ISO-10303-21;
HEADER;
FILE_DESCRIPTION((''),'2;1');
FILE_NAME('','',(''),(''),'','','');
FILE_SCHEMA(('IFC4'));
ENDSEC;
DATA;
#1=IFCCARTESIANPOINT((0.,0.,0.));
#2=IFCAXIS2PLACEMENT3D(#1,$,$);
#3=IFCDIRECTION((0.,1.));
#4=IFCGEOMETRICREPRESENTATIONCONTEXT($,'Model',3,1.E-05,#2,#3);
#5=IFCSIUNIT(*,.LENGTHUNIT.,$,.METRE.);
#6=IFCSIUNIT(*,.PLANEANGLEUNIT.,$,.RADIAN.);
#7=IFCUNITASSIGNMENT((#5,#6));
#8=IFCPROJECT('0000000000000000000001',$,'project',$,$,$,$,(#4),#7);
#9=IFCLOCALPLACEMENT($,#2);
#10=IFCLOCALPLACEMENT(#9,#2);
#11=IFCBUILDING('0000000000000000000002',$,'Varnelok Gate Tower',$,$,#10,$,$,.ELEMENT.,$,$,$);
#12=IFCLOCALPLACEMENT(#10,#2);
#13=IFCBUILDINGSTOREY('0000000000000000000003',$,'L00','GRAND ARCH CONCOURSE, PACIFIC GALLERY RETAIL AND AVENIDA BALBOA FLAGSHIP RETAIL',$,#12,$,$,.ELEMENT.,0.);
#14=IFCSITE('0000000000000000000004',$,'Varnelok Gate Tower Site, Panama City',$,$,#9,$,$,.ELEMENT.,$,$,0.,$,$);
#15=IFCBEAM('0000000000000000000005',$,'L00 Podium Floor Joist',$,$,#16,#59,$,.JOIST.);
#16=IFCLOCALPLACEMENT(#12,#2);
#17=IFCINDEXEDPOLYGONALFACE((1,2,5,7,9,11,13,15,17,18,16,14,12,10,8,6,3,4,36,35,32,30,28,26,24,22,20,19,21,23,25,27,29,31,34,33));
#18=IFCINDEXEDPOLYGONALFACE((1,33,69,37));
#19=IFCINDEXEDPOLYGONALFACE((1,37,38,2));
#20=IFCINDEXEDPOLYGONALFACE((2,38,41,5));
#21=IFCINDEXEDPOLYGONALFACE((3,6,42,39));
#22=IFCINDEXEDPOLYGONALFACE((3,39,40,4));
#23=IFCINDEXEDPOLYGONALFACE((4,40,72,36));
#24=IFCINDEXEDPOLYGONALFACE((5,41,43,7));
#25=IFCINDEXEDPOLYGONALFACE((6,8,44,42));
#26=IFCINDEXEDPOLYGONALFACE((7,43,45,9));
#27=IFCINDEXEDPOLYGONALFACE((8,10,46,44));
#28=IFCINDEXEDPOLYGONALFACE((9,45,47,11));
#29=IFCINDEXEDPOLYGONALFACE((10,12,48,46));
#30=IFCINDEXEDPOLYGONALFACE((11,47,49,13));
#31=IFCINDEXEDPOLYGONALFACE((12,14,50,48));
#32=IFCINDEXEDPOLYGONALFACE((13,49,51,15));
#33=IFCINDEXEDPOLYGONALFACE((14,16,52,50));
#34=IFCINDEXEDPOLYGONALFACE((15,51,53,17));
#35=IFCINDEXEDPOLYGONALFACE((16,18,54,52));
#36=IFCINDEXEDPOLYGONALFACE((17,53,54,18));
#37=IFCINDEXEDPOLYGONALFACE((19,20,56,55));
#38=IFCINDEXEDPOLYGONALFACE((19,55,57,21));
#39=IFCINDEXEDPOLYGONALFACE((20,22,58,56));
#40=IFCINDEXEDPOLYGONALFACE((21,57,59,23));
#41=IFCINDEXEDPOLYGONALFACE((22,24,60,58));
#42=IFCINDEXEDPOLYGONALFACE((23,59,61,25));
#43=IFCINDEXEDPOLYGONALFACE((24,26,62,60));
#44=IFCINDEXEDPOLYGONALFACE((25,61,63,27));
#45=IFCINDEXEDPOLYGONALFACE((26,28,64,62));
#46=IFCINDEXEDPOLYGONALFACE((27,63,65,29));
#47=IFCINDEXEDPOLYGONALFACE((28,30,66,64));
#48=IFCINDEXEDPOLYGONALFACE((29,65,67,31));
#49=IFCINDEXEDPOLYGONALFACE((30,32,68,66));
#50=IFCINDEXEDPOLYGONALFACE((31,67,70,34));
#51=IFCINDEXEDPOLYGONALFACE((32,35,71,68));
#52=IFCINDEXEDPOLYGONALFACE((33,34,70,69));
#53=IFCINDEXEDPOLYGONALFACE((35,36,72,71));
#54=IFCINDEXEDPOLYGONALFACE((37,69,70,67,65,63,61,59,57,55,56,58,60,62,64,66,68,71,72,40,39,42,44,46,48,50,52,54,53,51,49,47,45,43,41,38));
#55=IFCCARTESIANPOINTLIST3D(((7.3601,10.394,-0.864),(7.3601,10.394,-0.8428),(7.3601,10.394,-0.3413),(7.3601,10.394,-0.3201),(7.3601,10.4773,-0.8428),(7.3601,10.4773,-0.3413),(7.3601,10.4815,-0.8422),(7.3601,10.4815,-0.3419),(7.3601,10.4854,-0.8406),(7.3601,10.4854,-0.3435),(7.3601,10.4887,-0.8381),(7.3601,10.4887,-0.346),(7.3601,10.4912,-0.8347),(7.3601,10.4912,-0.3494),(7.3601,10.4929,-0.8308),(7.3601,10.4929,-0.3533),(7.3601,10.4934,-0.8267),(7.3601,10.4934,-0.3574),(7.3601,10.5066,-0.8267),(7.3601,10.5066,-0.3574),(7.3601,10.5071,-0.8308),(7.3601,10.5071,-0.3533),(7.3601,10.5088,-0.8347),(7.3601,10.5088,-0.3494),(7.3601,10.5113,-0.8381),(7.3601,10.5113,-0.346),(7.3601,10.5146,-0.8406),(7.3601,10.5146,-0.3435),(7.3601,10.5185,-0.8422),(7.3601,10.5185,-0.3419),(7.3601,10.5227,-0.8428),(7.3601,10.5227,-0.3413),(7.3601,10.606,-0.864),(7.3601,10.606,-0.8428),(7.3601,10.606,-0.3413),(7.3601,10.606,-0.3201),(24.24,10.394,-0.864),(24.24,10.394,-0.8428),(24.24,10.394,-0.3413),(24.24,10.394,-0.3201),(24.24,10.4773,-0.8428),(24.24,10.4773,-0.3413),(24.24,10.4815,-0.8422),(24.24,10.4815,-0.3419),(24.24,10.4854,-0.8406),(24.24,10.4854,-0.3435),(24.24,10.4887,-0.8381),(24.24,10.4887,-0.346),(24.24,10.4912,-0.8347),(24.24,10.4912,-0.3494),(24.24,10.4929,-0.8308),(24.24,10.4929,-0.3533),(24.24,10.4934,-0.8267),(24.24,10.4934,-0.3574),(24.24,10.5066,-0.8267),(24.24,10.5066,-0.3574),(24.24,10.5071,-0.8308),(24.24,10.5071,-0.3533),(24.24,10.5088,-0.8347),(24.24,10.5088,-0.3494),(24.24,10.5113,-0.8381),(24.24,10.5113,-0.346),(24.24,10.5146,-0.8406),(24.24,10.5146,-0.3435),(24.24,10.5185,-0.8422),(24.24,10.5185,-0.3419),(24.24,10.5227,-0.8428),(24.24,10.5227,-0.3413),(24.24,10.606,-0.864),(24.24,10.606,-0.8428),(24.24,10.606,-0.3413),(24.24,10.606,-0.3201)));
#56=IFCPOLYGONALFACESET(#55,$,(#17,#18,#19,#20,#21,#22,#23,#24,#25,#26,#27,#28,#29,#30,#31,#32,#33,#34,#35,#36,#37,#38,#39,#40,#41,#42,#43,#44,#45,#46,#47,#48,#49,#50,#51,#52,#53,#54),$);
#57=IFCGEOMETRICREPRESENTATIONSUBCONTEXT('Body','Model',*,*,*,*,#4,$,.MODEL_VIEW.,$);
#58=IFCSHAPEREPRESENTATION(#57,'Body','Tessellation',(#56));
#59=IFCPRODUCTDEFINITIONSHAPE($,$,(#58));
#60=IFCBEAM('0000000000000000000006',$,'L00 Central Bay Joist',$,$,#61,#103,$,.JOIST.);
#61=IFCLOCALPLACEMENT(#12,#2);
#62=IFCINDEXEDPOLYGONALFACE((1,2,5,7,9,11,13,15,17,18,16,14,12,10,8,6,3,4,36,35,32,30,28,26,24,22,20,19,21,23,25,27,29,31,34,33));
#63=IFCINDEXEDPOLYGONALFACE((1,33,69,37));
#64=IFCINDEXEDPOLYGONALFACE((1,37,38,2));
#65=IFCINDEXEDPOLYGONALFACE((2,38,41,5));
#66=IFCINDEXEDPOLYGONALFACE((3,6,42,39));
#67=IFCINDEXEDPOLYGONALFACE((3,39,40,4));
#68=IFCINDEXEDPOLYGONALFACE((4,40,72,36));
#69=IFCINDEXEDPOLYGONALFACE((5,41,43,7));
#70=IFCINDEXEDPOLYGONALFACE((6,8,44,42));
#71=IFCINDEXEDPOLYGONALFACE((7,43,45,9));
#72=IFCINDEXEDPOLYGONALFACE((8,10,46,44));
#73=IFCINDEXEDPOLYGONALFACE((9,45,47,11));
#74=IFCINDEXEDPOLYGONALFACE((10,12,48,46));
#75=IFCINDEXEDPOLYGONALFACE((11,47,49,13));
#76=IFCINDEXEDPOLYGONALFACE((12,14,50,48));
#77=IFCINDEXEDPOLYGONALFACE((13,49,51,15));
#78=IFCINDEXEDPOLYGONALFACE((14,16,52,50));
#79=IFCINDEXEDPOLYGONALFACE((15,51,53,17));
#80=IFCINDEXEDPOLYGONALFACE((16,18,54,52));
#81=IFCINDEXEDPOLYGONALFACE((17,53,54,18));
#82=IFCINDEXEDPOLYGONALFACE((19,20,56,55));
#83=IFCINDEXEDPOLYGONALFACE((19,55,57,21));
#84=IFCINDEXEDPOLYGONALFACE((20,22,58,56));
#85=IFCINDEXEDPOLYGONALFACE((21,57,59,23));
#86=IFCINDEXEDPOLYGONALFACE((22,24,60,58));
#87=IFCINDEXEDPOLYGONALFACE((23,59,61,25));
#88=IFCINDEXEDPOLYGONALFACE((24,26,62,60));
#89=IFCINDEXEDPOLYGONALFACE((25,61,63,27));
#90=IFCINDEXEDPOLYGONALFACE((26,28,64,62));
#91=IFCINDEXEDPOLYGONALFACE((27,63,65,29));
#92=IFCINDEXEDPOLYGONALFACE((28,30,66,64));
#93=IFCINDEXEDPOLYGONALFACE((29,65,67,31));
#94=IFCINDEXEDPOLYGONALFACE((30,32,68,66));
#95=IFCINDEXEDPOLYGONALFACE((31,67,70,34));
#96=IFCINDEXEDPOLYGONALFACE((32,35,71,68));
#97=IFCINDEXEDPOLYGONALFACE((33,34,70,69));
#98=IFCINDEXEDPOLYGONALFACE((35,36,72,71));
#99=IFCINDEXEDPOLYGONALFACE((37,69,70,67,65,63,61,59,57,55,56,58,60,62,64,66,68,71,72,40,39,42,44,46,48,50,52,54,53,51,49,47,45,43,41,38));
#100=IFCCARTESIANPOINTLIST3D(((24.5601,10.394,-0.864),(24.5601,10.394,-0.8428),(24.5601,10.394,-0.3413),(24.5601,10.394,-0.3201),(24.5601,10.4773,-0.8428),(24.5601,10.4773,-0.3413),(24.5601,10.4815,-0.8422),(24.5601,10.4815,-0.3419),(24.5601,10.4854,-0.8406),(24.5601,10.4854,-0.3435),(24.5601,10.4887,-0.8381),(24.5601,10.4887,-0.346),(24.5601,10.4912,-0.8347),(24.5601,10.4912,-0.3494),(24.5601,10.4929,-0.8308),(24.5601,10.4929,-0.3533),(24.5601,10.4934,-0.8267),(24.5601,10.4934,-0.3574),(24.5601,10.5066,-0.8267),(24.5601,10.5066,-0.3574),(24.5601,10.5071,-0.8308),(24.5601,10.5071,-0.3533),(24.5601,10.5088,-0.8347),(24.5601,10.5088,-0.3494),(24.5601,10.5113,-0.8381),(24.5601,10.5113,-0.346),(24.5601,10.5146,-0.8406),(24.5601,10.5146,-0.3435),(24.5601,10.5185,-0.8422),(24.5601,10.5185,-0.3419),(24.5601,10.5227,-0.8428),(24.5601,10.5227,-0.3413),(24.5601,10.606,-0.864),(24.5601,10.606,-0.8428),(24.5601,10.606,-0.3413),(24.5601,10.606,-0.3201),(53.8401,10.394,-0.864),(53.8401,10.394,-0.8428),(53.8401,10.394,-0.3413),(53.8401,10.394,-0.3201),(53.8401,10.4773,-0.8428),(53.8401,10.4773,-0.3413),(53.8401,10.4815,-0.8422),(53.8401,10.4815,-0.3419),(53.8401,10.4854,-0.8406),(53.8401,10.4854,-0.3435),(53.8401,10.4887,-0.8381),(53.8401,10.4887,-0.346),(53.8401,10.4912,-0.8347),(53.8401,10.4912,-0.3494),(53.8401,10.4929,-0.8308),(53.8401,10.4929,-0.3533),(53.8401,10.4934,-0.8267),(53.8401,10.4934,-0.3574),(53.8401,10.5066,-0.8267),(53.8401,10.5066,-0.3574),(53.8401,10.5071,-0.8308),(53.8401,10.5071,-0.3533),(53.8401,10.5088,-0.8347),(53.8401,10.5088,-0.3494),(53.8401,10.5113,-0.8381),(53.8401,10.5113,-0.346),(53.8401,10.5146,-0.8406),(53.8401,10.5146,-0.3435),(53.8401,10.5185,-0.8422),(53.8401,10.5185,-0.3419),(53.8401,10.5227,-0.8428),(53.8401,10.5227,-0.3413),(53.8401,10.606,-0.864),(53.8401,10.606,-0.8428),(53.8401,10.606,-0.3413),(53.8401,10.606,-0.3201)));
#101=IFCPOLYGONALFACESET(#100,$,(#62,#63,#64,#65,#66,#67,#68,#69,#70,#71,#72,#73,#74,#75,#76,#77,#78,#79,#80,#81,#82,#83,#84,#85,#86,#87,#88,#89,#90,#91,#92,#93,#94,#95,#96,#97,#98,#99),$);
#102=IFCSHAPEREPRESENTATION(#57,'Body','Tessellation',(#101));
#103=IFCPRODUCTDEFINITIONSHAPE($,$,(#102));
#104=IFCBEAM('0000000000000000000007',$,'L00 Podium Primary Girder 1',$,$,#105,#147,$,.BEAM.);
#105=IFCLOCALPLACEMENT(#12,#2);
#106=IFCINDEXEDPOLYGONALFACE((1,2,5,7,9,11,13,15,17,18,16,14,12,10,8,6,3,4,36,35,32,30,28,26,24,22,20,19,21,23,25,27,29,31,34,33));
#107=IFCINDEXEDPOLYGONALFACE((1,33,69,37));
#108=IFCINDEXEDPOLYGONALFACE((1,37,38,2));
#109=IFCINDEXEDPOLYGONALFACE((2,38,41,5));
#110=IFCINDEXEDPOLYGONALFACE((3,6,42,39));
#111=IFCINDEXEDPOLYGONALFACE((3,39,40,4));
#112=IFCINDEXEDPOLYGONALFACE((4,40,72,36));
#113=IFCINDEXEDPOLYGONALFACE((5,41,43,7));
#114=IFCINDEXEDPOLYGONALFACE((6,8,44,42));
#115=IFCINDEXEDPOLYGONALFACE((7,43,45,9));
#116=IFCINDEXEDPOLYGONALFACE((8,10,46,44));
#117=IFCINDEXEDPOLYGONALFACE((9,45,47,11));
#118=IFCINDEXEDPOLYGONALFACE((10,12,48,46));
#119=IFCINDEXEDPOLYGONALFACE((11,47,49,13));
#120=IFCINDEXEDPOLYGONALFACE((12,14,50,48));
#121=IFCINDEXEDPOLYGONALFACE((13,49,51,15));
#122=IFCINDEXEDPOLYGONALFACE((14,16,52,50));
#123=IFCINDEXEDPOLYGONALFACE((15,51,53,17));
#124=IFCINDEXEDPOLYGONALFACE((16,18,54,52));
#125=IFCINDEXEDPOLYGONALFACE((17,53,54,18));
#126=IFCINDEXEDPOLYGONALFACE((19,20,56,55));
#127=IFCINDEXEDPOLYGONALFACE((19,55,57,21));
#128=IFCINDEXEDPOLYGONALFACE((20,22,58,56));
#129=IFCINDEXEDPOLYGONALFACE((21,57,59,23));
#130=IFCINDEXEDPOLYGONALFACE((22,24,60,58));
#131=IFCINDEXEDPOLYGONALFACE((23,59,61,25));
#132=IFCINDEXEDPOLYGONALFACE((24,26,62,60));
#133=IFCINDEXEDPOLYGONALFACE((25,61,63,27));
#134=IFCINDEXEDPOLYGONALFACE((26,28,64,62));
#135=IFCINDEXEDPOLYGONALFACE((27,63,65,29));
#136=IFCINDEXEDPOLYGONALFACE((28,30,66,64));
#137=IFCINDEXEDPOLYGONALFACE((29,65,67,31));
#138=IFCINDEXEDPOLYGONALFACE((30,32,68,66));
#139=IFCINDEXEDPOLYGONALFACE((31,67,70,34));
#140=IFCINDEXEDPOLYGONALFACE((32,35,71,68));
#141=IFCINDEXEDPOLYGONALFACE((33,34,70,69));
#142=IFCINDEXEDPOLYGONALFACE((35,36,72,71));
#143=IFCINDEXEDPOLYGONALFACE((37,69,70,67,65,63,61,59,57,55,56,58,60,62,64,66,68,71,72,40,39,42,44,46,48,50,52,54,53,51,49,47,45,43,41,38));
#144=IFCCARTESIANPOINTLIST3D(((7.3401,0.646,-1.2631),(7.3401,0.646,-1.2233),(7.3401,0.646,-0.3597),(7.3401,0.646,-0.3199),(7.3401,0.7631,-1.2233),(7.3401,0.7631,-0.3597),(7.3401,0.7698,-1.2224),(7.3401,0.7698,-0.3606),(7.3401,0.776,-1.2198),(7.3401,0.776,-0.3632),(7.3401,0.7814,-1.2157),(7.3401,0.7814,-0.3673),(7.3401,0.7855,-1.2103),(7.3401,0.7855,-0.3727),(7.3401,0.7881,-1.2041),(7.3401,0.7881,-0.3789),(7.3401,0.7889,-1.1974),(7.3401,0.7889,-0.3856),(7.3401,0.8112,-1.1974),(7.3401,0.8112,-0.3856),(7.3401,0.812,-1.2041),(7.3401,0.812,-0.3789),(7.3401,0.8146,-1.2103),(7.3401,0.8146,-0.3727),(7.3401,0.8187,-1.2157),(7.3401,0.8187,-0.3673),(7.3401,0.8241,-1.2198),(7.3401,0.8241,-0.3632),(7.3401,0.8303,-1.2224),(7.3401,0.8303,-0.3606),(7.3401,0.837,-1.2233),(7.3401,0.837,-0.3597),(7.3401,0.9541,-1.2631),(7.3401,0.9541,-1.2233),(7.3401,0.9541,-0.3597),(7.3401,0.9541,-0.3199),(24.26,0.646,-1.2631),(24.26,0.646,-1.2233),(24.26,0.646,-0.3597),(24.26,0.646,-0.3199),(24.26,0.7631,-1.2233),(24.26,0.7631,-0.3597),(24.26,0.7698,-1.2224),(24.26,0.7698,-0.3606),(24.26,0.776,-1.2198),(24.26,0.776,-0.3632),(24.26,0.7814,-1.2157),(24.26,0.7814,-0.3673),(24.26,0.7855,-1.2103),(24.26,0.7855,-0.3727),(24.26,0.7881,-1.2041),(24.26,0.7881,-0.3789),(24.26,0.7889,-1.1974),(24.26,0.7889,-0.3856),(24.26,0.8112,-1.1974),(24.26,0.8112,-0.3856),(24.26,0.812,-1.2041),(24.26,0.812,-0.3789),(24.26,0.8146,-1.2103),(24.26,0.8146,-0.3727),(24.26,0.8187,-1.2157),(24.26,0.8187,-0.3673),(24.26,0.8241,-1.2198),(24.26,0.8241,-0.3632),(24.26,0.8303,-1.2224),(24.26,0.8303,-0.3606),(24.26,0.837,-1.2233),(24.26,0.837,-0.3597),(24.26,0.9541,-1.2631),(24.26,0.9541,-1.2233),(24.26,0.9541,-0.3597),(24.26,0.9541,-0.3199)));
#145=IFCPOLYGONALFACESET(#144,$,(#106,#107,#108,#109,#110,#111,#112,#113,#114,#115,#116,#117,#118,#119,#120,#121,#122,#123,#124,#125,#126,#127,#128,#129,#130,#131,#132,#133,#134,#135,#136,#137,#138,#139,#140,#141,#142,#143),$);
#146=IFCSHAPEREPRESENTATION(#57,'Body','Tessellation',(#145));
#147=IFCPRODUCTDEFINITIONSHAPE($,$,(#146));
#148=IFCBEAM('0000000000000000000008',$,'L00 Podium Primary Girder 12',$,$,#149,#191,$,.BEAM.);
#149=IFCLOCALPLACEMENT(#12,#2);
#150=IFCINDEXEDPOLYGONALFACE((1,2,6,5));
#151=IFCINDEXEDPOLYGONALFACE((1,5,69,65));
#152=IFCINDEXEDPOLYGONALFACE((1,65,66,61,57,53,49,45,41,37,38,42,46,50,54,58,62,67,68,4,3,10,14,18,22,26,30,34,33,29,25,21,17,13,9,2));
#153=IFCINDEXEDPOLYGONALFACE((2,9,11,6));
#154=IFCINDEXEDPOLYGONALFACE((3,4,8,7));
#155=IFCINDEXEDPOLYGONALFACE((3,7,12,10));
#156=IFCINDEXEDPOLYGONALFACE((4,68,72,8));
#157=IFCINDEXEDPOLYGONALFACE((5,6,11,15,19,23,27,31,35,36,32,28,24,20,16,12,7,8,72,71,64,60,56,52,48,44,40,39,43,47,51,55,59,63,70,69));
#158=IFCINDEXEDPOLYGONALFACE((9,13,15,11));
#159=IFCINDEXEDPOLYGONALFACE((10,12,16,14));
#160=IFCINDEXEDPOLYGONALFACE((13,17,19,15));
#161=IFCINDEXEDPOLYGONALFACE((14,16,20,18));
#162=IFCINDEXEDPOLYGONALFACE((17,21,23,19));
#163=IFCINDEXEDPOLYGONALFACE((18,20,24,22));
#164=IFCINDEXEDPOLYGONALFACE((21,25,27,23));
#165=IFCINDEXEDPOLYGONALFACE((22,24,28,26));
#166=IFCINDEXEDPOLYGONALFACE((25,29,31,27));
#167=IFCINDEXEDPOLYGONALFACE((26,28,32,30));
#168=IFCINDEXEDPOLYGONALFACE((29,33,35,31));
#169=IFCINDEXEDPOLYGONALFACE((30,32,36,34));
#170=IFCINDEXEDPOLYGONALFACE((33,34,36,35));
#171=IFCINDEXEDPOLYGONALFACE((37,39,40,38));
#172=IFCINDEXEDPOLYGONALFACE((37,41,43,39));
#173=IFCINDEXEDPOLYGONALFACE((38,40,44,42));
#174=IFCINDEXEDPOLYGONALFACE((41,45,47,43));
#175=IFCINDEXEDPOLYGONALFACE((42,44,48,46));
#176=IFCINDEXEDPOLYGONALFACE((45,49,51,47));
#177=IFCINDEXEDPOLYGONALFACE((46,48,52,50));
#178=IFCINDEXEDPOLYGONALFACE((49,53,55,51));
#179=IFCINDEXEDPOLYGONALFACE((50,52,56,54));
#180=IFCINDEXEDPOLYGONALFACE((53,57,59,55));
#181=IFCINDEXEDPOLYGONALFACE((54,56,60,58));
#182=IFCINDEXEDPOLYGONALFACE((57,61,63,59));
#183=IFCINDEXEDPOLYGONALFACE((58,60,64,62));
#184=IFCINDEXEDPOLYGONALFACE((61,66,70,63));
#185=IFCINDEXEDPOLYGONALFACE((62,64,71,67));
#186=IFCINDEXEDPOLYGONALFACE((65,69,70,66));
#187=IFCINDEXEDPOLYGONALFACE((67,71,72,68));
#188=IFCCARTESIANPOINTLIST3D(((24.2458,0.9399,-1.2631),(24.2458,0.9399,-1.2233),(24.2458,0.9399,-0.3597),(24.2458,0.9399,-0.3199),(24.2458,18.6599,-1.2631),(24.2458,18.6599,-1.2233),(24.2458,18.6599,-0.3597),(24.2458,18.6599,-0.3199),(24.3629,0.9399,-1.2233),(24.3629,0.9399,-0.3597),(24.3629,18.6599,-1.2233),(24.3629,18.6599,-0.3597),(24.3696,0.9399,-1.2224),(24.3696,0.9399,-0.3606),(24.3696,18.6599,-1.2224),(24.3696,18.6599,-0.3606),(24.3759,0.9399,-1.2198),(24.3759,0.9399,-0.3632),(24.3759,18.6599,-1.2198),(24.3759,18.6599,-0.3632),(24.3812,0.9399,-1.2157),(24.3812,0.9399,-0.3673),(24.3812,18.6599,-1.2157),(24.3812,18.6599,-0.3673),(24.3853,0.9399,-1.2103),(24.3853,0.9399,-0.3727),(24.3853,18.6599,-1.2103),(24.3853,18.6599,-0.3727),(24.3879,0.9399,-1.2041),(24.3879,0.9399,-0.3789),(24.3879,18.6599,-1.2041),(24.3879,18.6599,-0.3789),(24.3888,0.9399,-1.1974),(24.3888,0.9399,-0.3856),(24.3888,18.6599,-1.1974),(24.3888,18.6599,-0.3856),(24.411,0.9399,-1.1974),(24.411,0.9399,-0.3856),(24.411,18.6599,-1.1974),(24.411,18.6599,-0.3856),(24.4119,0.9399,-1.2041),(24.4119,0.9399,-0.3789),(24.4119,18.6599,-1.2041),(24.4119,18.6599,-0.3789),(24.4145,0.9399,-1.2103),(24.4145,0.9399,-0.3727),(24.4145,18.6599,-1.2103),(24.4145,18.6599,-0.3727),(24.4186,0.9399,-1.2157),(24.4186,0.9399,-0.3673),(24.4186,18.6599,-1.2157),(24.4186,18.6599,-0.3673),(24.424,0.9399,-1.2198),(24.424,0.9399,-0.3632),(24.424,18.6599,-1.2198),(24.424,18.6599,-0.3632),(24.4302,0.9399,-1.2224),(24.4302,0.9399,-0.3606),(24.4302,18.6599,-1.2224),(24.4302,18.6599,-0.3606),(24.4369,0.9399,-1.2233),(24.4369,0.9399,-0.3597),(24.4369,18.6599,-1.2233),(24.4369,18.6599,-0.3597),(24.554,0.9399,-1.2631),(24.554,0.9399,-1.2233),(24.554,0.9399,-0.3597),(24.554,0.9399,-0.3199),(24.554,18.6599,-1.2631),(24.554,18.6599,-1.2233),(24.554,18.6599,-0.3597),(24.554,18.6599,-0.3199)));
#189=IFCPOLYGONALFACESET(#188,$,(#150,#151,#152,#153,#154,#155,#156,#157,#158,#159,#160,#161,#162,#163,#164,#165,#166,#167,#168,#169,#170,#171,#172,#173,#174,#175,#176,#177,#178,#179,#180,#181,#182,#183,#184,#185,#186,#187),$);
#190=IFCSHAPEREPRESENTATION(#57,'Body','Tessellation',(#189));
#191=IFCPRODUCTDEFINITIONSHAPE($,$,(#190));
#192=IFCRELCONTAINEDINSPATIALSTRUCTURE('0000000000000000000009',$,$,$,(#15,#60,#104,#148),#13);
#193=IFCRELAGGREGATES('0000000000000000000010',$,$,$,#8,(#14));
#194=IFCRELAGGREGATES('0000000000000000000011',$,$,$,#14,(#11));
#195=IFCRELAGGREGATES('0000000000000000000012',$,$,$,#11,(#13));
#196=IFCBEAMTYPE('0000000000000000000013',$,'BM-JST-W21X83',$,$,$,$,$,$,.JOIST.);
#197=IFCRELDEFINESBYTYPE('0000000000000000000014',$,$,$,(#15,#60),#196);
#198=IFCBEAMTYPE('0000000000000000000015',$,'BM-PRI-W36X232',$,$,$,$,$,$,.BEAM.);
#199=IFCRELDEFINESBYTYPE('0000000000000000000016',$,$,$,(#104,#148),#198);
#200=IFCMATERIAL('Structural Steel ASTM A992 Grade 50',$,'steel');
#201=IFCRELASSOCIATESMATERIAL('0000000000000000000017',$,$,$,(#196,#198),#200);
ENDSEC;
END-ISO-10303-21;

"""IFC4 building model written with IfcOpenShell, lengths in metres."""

from ifc_helpers import new_model, si_unit, direction, frame, origin, origin_2d, place, context, subcontext, project, spatial, i_section, extrude, material, material_profile, profile_set, type_object, element, save


model = new_model("IFC4")

# Units and contexts
model_context = context("Model", 3, precision=1e-05, world=origin(), true_north=direction((0.0, 1.0)))
body_context = subcontext(model_context, "Body", "Model", "MODEL_VIEW")
ifc_project = project(units=[si_unit("LENGTHUNIT", "METRE"), si_unit("PLANEANGLEUNIT", "RADIAN")], contexts=[model_context])

# Site, building, storey
site_placement = place(None, origin())
site = spatial("IfcSite", under=ifc_project, at=site_placement, Name="Varnelok Gate Tower Site, Panama City", CompositionType="ELEMENT", RefElevation=0.0)
building_placement = place(site_placement, origin())
building = spatial("IfcBuilding", under=site, at=building_placement, Name="Varnelok Gate Tower", CompositionType="ELEMENT")
storey_placement = place(building_placement, origin())
storey = spatial("IfcBuildingStorey", under=building, at=storey_placement, Name="L00", Description="GRAND ARCH CONCOURSE, PACIFIC GALLERY RETAIL AND AVENIDA BALBOA FLAGSHIP RETAIL", CompositionType="ELEMENT", Elevation=0.0)

# Beams
ifc_material_1 = material(Name="Structural Steel ASTM A992 Grade 50", Category="steel")
ifc_material_profile_1 = material_profile(ifc_material_1, i_section(OverallWidth=0.2119, OverallDepth=0.5439, WebThickness=0.0132, FlangeThickness=0.0212, FilletRadius=0.0161, at=origin_2d()), Name="W21X83")
ifc_profile_set_1 = profile_set([ifc_material_profile_1], Name="Structural Steel ASTM A992 Grade 50")
beam_type_1 = type_object("IfcBeamType", Name="BM-JST-W21X83", PredefinedType="JOIST", material=ifc_profile_set_1)
beam_1_placement = place(storey_placement, frame((7.3601, 10.5, -0.592), z_axis=(1.0, 0.0, 0.0), x_axis=(0.0, 1.0, 0.0)))
element("IfcBeam", 1, at=beam_1_placement, inside=storey, type_object=beam_type_1, Name="L00 Podium Floor Joist", PredefinedType="JOIST", context=body_context, shape_type="SweptSolid", body=[
    extrude(i_section(OverallWidth=0.2119, OverallDepth=0.5439, WebThickness=0.0132, FlangeThickness=0.0212, FilletRadius=0.0161, at=origin_2d()), origin(), (0.0, 0.0, 1.0), 16.8799),
])
beam_2_placement = place(storey_placement, frame((24.5601, 10.5, -0.592), z_axis=(1.0, 0.0, 0.0), x_axis=(0.0, 1.0, 0.0)))
element("IfcBeam", 2, at=beam_2_placement, inside=storey, type_object=beam_type_1, Name="L00 Central Bay Joist", PredefinedType="JOIST", context=body_context, shape_type="SweptSolid", body=[
    extrude(i_section(OverallWidth=0.2119, OverallDepth=0.5439, WebThickness=0.0132, FlangeThickness=0.0212, FilletRadius=0.0161, at=origin_2d()), origin(), (0.0, 0.0, 1.0), 29.28),
])
ifc_material_profile_2 = material_profile(ifc_material_1, i_section(OverallWidth=0.3081, OverallDepth=0.9431, WebThickness=0.0222, FlangeThickness=0.0398, FilletRadius=0.0259, at=origin_2d()), Name="W36X232")
ifc_profile_set_2 = profile_set([ifc_material_profile_2], Name="Structural Steel ASTM A992 Grade 50")
beam_type_2 = type_object("IfcBeamType", Name="BM-PRI-W36X232", PredefinedType="BEAM", material=ifc_profile_set_2)
beam_3_placement = place(storey_placement, frame((7.3401, 0.8, -0.7915), z_axis=(1.0, 0.0, 0.0), x_axis=(0.0, 1.0, 0.0)))
element("IfcBeam", 3, at=beam_3_placement, inside=storey, type_object=beam_type_2, Name="L00 Podium Primary Girder 1", PredefinedType="BEAM", context=body_context, shape_type="SweptSolid", body=[
    extrude(i_section(OverallWidth=0.3081, OverallDepth=0.9431, WebThickness=0.0222, FlangeThickness=0.0398, FilletRadius=0.0259, at=origin_2d()), origin(), (0.0, 0.0, 1.0), 16.9199),
])
beam_4_placement = place(storey_placement, frame((24.3999, 0.9399, -0.7915), z_axis=(0.0, 1.0, 0.0), x_axis=(-1.0, 0.0, 0.0)))
element("IfcBeam", 4, at=beam_4_placement, inside=storey, type_object=beam_type_2, Name="L00 Podium Primary Girder 12", PredefinedType="BEAM", context=body_context, shape_type="SweptSolid", body=[
    extrude(i_section(OverallWidth=0.3081, OverallDepth=0.9431, WebThickness=0.0222, FlangeThickness=0.0398, FilletRadius=0.0259, at=origin_2d()), origin(), (0.0, 0.0, 1.0), 17.72),
])

save(model, "model.ifc")
